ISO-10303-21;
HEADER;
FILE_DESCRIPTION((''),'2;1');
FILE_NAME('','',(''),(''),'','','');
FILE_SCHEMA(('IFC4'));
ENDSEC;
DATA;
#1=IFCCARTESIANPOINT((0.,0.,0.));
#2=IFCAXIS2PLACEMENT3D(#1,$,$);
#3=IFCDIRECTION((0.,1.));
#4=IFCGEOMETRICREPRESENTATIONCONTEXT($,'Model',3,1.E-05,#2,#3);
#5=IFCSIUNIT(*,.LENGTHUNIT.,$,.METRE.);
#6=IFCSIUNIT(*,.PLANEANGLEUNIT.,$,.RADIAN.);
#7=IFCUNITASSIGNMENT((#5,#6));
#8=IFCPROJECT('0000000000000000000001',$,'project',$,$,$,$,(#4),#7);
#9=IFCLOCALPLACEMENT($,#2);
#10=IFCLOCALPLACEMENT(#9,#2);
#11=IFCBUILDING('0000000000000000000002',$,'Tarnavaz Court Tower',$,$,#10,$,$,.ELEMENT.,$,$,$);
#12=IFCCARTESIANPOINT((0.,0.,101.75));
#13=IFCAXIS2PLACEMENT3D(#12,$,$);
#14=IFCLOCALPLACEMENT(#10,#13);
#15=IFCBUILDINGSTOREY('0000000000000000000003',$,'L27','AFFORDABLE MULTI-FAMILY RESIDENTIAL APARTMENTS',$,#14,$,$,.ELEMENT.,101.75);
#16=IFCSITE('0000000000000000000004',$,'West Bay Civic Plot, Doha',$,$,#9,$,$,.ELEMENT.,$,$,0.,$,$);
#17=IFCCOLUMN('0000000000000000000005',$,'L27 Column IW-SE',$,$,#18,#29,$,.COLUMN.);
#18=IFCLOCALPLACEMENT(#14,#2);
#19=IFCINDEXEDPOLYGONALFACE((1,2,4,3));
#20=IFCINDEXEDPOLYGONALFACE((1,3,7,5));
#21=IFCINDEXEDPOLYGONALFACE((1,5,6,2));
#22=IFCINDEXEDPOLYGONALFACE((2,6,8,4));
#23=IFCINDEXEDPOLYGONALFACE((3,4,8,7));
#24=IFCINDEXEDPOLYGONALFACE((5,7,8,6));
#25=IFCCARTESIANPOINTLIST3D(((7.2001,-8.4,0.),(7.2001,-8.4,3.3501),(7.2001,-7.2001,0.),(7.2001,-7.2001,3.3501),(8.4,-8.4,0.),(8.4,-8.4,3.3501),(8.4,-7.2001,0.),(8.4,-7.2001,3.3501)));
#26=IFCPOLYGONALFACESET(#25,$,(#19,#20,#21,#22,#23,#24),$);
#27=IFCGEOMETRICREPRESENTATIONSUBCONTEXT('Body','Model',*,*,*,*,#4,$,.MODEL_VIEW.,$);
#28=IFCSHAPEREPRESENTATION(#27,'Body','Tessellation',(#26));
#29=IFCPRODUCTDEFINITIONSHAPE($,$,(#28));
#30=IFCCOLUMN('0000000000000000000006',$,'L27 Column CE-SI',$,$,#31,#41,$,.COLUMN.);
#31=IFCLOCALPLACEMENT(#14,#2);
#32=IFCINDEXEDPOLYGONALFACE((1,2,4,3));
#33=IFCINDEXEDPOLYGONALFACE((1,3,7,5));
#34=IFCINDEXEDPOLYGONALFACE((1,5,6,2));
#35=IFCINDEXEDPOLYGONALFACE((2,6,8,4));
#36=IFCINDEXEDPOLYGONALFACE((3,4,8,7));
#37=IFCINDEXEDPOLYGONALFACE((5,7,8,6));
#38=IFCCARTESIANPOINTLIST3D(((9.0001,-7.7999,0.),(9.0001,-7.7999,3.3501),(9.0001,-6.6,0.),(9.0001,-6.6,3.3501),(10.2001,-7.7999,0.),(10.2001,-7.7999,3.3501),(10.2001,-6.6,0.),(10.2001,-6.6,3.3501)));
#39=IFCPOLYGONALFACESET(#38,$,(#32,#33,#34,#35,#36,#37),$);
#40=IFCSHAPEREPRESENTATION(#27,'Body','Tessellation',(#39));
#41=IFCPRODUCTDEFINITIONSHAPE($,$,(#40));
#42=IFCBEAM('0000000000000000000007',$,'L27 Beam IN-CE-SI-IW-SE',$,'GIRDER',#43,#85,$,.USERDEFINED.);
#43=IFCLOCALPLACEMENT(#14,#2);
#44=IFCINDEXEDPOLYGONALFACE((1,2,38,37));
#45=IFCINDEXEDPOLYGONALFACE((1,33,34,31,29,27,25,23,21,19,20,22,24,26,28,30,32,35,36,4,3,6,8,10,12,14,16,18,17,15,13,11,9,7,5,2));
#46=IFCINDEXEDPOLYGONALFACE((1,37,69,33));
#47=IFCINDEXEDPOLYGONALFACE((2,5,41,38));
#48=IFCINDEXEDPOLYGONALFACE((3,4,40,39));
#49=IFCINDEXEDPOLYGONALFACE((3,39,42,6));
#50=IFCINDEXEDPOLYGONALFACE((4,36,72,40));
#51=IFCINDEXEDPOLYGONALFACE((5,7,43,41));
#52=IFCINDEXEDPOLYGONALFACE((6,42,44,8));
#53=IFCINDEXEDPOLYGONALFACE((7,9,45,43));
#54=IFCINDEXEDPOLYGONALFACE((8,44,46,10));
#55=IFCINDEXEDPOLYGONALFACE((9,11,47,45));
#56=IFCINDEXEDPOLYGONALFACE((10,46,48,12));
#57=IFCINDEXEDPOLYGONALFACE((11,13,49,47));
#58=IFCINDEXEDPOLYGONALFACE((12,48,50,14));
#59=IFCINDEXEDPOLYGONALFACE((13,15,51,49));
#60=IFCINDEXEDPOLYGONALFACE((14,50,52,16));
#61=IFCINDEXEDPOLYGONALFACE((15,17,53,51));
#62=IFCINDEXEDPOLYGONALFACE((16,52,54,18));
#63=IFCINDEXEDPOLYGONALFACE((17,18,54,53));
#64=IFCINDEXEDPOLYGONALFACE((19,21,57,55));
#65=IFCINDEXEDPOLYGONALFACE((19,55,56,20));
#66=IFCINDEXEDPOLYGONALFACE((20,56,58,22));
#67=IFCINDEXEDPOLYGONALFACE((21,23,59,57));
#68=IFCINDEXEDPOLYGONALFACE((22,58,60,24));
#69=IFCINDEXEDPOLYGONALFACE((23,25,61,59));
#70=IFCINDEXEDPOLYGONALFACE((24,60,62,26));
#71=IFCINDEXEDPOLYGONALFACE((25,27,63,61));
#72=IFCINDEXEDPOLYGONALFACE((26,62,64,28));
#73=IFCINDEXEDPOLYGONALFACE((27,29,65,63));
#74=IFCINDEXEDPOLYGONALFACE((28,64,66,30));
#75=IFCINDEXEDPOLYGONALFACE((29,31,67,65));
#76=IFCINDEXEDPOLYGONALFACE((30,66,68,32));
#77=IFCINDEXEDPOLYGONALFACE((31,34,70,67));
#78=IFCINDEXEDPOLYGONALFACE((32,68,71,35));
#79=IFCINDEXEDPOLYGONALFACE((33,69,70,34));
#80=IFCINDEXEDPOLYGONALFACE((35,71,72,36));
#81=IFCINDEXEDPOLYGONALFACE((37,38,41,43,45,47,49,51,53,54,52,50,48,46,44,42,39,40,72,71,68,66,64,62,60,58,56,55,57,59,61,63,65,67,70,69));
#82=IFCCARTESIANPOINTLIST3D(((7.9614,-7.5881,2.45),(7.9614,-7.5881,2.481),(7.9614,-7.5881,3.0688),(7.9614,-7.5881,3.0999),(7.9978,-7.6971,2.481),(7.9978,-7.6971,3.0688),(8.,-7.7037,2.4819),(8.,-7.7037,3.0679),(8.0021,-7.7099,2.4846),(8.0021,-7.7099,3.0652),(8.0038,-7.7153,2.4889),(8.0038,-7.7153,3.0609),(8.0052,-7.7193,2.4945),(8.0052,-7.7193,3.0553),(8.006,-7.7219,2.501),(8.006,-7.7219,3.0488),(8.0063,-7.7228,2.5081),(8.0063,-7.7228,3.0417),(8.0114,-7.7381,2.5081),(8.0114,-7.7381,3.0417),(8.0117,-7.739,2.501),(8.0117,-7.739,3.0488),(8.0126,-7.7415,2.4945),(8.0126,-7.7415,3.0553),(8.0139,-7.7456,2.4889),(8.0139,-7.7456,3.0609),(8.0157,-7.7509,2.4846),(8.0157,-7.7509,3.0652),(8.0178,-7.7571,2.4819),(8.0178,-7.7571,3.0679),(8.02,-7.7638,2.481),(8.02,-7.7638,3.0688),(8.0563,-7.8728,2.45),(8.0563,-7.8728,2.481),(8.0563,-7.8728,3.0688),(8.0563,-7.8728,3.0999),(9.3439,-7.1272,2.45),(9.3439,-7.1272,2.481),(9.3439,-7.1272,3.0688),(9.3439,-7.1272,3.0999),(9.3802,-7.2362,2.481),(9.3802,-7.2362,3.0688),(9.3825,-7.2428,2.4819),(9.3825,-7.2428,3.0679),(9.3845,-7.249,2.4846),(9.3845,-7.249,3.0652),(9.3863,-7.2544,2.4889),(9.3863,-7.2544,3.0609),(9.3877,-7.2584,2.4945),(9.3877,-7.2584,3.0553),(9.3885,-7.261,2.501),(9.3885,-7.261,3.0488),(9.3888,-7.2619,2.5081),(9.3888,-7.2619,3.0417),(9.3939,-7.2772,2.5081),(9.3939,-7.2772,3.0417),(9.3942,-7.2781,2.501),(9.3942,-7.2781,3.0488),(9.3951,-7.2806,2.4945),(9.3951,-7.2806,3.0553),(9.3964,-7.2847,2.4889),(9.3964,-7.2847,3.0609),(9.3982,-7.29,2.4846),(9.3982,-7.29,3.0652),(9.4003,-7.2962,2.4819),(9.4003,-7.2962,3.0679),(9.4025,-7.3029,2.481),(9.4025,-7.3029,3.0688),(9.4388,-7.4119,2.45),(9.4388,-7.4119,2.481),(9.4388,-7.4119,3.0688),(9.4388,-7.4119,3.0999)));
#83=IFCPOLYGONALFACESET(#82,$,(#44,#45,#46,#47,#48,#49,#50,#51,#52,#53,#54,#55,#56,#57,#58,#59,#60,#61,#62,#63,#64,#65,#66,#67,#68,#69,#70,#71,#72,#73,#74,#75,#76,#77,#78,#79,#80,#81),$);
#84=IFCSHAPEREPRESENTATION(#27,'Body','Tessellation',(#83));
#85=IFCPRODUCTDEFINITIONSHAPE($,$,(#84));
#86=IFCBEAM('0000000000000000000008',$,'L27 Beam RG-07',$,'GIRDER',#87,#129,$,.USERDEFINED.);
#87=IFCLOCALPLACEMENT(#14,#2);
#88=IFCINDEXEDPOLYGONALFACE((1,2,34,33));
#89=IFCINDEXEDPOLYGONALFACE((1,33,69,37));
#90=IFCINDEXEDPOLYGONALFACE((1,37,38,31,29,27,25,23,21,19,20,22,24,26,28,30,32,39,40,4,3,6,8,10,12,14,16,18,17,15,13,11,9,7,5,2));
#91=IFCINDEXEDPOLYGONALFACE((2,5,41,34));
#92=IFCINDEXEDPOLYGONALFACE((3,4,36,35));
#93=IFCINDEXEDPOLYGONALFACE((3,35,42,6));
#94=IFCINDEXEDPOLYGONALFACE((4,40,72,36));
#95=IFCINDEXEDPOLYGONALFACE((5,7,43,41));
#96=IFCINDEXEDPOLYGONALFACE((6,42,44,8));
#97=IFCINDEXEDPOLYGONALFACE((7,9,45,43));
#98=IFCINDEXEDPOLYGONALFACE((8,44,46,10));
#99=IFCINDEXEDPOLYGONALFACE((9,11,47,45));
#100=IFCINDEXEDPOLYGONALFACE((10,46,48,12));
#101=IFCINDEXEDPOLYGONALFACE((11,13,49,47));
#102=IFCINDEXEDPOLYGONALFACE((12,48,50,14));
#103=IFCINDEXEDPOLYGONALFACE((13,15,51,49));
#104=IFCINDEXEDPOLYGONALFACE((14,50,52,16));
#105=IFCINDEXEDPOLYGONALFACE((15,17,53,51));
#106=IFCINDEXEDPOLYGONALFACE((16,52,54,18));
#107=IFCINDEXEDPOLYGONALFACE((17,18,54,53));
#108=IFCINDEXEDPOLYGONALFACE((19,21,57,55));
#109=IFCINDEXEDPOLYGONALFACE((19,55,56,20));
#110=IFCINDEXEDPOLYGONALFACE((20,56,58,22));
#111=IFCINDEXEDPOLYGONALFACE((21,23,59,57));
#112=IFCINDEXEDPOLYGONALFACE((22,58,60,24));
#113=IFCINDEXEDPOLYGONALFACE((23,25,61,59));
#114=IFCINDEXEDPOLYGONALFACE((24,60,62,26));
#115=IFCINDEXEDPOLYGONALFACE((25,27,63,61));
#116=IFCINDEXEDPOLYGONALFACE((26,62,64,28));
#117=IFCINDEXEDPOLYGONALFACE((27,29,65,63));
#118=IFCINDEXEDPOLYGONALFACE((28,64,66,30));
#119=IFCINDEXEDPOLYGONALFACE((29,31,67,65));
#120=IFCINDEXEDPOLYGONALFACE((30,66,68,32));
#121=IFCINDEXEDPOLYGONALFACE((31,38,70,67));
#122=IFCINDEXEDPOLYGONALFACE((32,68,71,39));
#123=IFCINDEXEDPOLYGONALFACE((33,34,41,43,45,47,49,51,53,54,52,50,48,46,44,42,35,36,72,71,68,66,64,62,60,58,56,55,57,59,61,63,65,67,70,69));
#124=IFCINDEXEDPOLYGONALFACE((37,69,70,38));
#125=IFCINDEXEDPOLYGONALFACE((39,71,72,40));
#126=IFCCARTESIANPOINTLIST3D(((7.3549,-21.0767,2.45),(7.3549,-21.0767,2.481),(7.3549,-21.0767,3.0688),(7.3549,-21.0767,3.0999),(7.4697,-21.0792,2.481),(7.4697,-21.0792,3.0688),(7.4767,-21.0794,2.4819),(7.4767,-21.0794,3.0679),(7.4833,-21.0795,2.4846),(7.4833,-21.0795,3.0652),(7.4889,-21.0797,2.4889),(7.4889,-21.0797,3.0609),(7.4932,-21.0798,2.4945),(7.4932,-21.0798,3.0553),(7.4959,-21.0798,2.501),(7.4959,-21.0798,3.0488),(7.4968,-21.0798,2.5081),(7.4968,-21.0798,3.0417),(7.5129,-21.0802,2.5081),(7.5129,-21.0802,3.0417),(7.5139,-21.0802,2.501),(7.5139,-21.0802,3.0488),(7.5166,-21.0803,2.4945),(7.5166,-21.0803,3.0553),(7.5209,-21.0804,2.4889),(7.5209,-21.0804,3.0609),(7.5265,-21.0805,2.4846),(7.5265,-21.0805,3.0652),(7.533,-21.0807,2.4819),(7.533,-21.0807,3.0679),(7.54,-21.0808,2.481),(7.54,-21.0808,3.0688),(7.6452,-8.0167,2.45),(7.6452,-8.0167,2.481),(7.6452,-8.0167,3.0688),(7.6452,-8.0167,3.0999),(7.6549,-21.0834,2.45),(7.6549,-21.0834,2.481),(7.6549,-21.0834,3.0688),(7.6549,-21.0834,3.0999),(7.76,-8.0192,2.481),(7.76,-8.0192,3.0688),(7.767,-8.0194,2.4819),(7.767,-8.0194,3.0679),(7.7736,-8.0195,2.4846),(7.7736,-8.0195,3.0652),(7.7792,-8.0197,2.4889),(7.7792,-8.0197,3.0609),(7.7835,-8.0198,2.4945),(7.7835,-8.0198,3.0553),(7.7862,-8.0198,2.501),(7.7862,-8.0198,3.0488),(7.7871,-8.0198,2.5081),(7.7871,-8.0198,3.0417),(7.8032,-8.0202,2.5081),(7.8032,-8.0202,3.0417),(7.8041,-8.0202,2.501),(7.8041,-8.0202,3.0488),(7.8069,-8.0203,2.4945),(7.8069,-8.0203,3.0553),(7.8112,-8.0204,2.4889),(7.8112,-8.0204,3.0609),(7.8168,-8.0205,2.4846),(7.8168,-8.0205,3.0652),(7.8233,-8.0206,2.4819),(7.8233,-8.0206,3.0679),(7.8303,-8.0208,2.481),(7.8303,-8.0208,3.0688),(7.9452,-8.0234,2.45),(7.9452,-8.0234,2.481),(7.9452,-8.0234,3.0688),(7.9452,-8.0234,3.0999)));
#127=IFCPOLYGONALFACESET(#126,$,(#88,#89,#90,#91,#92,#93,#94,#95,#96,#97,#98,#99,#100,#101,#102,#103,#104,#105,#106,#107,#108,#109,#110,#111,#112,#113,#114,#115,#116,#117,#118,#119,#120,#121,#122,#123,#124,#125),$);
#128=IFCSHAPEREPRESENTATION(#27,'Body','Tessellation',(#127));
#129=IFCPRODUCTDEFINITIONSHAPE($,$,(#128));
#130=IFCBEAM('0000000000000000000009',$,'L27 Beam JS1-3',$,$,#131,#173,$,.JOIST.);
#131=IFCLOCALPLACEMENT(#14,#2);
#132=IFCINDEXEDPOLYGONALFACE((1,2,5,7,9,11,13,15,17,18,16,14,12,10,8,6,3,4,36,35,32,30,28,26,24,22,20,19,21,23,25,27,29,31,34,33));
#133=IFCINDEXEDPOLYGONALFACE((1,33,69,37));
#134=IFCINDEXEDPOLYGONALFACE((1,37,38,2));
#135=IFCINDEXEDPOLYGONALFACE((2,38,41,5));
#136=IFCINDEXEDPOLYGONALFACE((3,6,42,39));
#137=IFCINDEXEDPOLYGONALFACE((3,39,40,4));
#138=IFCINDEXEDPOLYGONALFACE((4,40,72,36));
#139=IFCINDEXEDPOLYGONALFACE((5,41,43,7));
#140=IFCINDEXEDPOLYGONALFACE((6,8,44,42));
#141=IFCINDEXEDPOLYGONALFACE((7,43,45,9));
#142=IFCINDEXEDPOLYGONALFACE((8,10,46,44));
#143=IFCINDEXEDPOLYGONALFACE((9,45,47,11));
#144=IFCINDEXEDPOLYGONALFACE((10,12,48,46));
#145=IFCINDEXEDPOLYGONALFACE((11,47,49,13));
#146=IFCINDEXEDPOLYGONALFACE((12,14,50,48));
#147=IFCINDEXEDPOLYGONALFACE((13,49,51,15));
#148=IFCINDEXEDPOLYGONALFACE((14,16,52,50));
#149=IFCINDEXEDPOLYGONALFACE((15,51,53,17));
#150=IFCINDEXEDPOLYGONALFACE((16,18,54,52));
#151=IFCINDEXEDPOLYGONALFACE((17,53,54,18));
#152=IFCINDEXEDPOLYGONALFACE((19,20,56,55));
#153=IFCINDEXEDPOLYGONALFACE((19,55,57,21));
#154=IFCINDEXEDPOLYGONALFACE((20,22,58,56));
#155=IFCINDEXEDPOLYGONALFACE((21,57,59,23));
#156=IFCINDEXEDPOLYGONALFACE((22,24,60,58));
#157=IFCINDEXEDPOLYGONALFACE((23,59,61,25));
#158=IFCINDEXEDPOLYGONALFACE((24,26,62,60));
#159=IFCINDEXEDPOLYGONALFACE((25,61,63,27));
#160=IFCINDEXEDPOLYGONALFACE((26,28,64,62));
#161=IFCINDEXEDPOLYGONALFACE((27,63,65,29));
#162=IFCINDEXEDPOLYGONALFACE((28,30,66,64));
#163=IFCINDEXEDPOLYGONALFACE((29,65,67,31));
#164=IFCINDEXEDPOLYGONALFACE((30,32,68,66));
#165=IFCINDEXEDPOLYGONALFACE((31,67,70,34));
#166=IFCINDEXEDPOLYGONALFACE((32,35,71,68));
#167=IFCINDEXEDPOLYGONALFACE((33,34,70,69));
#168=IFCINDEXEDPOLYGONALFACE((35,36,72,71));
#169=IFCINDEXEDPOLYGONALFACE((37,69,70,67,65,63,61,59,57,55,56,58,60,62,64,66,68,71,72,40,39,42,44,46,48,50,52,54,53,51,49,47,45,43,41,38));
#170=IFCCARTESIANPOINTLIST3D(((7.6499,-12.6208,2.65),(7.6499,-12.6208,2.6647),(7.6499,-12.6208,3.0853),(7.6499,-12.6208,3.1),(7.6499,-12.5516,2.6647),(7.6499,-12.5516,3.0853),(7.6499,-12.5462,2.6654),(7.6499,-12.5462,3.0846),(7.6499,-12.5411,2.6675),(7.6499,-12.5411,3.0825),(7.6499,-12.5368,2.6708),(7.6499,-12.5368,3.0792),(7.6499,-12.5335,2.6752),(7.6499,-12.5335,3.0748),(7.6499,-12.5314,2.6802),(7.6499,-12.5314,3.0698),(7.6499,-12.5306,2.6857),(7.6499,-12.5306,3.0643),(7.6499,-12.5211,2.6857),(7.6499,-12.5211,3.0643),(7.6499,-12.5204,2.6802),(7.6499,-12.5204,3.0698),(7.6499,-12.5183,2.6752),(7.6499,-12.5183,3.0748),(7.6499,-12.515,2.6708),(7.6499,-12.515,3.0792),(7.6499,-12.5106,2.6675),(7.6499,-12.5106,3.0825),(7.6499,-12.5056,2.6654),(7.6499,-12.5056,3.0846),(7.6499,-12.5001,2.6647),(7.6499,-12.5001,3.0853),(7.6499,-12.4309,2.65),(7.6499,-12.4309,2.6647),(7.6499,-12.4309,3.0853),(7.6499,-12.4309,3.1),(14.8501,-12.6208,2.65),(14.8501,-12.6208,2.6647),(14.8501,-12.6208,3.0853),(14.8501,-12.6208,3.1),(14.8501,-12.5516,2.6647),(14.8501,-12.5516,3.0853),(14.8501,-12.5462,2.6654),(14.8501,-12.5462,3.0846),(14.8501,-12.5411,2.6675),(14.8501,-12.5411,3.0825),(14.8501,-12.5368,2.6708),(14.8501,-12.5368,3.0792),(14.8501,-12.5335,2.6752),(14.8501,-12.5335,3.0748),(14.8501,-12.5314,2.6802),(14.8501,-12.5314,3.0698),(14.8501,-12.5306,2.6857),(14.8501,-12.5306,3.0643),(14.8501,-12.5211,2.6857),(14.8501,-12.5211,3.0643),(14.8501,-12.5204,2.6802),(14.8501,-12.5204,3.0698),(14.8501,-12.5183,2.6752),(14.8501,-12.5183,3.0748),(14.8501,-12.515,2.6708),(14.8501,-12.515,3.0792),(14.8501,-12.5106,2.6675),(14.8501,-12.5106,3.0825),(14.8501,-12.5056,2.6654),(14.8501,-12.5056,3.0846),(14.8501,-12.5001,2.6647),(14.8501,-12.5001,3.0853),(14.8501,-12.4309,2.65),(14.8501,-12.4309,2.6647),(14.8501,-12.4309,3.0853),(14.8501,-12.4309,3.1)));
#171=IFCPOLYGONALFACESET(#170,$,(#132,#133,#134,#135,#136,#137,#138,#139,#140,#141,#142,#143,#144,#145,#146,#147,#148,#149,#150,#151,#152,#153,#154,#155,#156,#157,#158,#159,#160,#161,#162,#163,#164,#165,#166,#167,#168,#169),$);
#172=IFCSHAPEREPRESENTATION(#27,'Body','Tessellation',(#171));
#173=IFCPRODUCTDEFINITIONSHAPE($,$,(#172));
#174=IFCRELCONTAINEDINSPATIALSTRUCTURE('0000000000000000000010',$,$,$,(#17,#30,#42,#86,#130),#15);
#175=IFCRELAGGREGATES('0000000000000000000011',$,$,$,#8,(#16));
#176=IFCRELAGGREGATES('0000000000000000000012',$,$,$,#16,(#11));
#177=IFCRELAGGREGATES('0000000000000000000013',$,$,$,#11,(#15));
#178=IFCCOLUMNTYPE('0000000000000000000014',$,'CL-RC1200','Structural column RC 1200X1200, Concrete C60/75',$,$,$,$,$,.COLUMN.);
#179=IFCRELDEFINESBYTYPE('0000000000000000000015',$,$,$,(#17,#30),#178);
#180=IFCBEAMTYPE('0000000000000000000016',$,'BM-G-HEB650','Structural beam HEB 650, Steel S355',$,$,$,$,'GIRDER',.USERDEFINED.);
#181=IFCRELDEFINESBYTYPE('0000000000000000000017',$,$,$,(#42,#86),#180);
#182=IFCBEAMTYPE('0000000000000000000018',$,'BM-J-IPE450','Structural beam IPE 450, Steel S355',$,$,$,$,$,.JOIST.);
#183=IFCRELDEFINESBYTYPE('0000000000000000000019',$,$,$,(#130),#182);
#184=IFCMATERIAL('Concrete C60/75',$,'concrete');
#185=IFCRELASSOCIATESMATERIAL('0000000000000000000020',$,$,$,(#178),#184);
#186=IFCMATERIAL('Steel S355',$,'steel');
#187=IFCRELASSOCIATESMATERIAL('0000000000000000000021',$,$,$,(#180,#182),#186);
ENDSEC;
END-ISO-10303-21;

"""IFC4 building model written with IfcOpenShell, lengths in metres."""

from ifc_helpers import new_model, si_unit, direction, frame, origin, origin_2d, place, context, subcontext, project, spatial, rectangle, i_section, extrude, material, material_profile, profile_set, type_object, element, save


model = new_model("IFC4")

# Units and contexts
model_context = context("Model", 3, precision=1e-05, world=origin(), true_north=direction((0.0, 1.0)))
body_context = subcontext(model_context, "Body", "Model", "MODEL_VIEW")
ifc_project = project(units=[si_unit("LENGTHUNIT", "METRE"), si_unit("PLANEANGLEUNIT", "RADIAN")], contexts=[model_context])

# Site, building, storey
site_placement = place(None, origin())
site = spatial("IfcSite", under=ifc_project, at=site_placement, Name="West Bay Civic Plot, Doha", CompositionType="ELEMENT", RefElevation=0.0)
building_placement = place(site_placement, origin())
building = spatial("IfcBuilding", under=site, at=building_placement, Name="Tarnavaz Court Tower", CompositionType="ELEMENT")
storey_placement = place(building_placement, frame((0.0, 0.0, 101.75)))
storey = spatial("IfcBuildingStorey", under=building, at=storey_placement, Name="L27", Description="AFFORDABLE MULTI-FAMILY RESIDENTIAL APARTMENTS", CompositionType="ELEMENT", Elevation=101.75)

# Columns
ifc_material_1 = material(Name="Concrete C60/75", Category="concrete")
ifc_material_profile_1 = material_profile(ifc_material_1, rectangle(XDim=1.2, YDim=1.2, at=origin_2d()), Name="RC 1200X1200")
ifc_profile_set_1 = profile_set([ifc_material_profile_1], Name="Concrete C60/75")
column_type = type_object("IfcColumnType", Name="CL-RC1200", Description="Structural column RC 1200X1200, Concrete C60/75", PredefinedType="COLUMN", material=ifc_profile_set_1)
for number, where, z_axis, x_axis, name in (
    (1, (7.8, -7.8, 0.0), (0.0, 0.0, 1.0), (1.0, 0.0, 0.0), "L27 Column IW-SE"),
    (2, (9.6001, -7.2, 0.0), (0.0, 0.0, 1.0), (1.0, 0.0, 0.0), "L27 Column CE-SI"),
):
    element("IfcColumn", number, at=place(storey_placement, frame(where, z_axis=z_axis, x_axis=x_axis)), inside=storey, type_object=column_type, Name=name, PredefinedType="COLUMN", context=body_context, shape_type="SweptSolid", body=[
        extrude(rectangle(XDim=1.2, YDim=1.2, at=origin_2d()), origin(), (0.0, 0.0, 1.0), 3.3501),
    ])

# Beams
ifc_material_2 = material(Name="Steel S355", Category="steel")
ifc_material_profile_2 = material_profile(ifc_material_2, i_section(OverallWidth=0.3, OverallDepth=0.6499, WebThickness=0.0161, FlangeThickness=0.031, FilletRadius=0.0271, at=origin_2d()), Name="HEB 650")
ifc_profile_set_2 = profile_set([ifc_material_profile_2], Name="Steel S355")
beam_type_1 = type_object("IfcBeamType", Name="BM-G-HEB650", Description="Structural beam HEB 650, Steel S355", ElementType="GIRDER", PredefinedType="USERDEFINED", material=ifc_profile_set_2)
beam_1_placement = place(storey_placement, frame((9.3914, -7.2695, 2.7749), z_axis=(-0.948667, -0.316278, 0.0), x_axis=(0.316278, -0.948667, 0.0)))
element("IfcBeam", 3, at=beam_1_placement, inside=storey, type_object=beam_type_1, Name="L27 Beam IN-CE-SI-IW-SE", ObjectType="GIRDER", PredefinedType="USERDEFINED", context=body_context, shape_type="SweptSolid", body=[
    extrude(i_section(OverallWidth=0.3, OverallDepth=0.6499, WebThickness=0.0161, FlangeThickness=0.031, FilletRadius=0.0271, at=origin_2d()), origin(), (0.0, 0.0, 1.0), 1.4573),
])
beam_2_placement = place(storey_placement, frame((7.7952, -8.02, 2.7749), z_axis=(-0.022221, -0.999753, 0.0), x_axis=(0.999753, -0.022221, 0.0)))
element("IfcBeam", 4, at=beam_2_placement, inside=storey, type_object=beam_type_1, Name="L27 Beam RG-07", ObjectType="GIRDER", PredefinedType="USERDEFINED", context=body_context, shape_type="SweptSolid", body=[
    extrude(i_section(OverallWidth=0.3, OverallDepth=0.6499, WebThickness=0.0161, FlangeThickness=0.031, FilletRadius=0.0271, at=origin_2d()), origin(), (0.0, 0.0, 1.0), 13.0632),
])
ifc_material_profile_3 = material_profile(ifc_material_2, i_section(OverallWidth=0.1899, OverallDepth=0.45, WebThickness=0.0095, FlangeThickness=0.0146, FilletRadius=0.021, at=origin_2d()), Name="IPE 450")
ifc_profile_set_3 = profile_set([ifc_material_profile_3], Name="Steel S355")
beam_type_2 = type_object("IfcBeamType", Name="BM-J-IPE450", Description="Structural beam IPE 450, Steel S355", PredefinedType="JOIST", material=ifc_profile_set_3)
beam_3_placement = place(storey_placement, frame((7.6499, -12.5259, 2.875), z_axis=(1.0, 0.0, 0.0), x_axis=(0.0, 1.0, 0.0)))
element("IfcBeam", 5, at=beam_3_placement, inside=storey, type_object=beam_type_2, Name="L27 Beam JS1-3", PredefinedType="JOIST", context=body_context, shape_type="SweptSolid", body=[
    extrude(i_section(OverallWidth=0.1899, OverallDepth=0.45, WebThickness=0.0095, FlangeThickness=0.0146, FilletRadius=0.021, at=origin_2d()), origin(), (0.0, 0.0, 1.0), 7.2002),
])

save(model, "model.ifc")
